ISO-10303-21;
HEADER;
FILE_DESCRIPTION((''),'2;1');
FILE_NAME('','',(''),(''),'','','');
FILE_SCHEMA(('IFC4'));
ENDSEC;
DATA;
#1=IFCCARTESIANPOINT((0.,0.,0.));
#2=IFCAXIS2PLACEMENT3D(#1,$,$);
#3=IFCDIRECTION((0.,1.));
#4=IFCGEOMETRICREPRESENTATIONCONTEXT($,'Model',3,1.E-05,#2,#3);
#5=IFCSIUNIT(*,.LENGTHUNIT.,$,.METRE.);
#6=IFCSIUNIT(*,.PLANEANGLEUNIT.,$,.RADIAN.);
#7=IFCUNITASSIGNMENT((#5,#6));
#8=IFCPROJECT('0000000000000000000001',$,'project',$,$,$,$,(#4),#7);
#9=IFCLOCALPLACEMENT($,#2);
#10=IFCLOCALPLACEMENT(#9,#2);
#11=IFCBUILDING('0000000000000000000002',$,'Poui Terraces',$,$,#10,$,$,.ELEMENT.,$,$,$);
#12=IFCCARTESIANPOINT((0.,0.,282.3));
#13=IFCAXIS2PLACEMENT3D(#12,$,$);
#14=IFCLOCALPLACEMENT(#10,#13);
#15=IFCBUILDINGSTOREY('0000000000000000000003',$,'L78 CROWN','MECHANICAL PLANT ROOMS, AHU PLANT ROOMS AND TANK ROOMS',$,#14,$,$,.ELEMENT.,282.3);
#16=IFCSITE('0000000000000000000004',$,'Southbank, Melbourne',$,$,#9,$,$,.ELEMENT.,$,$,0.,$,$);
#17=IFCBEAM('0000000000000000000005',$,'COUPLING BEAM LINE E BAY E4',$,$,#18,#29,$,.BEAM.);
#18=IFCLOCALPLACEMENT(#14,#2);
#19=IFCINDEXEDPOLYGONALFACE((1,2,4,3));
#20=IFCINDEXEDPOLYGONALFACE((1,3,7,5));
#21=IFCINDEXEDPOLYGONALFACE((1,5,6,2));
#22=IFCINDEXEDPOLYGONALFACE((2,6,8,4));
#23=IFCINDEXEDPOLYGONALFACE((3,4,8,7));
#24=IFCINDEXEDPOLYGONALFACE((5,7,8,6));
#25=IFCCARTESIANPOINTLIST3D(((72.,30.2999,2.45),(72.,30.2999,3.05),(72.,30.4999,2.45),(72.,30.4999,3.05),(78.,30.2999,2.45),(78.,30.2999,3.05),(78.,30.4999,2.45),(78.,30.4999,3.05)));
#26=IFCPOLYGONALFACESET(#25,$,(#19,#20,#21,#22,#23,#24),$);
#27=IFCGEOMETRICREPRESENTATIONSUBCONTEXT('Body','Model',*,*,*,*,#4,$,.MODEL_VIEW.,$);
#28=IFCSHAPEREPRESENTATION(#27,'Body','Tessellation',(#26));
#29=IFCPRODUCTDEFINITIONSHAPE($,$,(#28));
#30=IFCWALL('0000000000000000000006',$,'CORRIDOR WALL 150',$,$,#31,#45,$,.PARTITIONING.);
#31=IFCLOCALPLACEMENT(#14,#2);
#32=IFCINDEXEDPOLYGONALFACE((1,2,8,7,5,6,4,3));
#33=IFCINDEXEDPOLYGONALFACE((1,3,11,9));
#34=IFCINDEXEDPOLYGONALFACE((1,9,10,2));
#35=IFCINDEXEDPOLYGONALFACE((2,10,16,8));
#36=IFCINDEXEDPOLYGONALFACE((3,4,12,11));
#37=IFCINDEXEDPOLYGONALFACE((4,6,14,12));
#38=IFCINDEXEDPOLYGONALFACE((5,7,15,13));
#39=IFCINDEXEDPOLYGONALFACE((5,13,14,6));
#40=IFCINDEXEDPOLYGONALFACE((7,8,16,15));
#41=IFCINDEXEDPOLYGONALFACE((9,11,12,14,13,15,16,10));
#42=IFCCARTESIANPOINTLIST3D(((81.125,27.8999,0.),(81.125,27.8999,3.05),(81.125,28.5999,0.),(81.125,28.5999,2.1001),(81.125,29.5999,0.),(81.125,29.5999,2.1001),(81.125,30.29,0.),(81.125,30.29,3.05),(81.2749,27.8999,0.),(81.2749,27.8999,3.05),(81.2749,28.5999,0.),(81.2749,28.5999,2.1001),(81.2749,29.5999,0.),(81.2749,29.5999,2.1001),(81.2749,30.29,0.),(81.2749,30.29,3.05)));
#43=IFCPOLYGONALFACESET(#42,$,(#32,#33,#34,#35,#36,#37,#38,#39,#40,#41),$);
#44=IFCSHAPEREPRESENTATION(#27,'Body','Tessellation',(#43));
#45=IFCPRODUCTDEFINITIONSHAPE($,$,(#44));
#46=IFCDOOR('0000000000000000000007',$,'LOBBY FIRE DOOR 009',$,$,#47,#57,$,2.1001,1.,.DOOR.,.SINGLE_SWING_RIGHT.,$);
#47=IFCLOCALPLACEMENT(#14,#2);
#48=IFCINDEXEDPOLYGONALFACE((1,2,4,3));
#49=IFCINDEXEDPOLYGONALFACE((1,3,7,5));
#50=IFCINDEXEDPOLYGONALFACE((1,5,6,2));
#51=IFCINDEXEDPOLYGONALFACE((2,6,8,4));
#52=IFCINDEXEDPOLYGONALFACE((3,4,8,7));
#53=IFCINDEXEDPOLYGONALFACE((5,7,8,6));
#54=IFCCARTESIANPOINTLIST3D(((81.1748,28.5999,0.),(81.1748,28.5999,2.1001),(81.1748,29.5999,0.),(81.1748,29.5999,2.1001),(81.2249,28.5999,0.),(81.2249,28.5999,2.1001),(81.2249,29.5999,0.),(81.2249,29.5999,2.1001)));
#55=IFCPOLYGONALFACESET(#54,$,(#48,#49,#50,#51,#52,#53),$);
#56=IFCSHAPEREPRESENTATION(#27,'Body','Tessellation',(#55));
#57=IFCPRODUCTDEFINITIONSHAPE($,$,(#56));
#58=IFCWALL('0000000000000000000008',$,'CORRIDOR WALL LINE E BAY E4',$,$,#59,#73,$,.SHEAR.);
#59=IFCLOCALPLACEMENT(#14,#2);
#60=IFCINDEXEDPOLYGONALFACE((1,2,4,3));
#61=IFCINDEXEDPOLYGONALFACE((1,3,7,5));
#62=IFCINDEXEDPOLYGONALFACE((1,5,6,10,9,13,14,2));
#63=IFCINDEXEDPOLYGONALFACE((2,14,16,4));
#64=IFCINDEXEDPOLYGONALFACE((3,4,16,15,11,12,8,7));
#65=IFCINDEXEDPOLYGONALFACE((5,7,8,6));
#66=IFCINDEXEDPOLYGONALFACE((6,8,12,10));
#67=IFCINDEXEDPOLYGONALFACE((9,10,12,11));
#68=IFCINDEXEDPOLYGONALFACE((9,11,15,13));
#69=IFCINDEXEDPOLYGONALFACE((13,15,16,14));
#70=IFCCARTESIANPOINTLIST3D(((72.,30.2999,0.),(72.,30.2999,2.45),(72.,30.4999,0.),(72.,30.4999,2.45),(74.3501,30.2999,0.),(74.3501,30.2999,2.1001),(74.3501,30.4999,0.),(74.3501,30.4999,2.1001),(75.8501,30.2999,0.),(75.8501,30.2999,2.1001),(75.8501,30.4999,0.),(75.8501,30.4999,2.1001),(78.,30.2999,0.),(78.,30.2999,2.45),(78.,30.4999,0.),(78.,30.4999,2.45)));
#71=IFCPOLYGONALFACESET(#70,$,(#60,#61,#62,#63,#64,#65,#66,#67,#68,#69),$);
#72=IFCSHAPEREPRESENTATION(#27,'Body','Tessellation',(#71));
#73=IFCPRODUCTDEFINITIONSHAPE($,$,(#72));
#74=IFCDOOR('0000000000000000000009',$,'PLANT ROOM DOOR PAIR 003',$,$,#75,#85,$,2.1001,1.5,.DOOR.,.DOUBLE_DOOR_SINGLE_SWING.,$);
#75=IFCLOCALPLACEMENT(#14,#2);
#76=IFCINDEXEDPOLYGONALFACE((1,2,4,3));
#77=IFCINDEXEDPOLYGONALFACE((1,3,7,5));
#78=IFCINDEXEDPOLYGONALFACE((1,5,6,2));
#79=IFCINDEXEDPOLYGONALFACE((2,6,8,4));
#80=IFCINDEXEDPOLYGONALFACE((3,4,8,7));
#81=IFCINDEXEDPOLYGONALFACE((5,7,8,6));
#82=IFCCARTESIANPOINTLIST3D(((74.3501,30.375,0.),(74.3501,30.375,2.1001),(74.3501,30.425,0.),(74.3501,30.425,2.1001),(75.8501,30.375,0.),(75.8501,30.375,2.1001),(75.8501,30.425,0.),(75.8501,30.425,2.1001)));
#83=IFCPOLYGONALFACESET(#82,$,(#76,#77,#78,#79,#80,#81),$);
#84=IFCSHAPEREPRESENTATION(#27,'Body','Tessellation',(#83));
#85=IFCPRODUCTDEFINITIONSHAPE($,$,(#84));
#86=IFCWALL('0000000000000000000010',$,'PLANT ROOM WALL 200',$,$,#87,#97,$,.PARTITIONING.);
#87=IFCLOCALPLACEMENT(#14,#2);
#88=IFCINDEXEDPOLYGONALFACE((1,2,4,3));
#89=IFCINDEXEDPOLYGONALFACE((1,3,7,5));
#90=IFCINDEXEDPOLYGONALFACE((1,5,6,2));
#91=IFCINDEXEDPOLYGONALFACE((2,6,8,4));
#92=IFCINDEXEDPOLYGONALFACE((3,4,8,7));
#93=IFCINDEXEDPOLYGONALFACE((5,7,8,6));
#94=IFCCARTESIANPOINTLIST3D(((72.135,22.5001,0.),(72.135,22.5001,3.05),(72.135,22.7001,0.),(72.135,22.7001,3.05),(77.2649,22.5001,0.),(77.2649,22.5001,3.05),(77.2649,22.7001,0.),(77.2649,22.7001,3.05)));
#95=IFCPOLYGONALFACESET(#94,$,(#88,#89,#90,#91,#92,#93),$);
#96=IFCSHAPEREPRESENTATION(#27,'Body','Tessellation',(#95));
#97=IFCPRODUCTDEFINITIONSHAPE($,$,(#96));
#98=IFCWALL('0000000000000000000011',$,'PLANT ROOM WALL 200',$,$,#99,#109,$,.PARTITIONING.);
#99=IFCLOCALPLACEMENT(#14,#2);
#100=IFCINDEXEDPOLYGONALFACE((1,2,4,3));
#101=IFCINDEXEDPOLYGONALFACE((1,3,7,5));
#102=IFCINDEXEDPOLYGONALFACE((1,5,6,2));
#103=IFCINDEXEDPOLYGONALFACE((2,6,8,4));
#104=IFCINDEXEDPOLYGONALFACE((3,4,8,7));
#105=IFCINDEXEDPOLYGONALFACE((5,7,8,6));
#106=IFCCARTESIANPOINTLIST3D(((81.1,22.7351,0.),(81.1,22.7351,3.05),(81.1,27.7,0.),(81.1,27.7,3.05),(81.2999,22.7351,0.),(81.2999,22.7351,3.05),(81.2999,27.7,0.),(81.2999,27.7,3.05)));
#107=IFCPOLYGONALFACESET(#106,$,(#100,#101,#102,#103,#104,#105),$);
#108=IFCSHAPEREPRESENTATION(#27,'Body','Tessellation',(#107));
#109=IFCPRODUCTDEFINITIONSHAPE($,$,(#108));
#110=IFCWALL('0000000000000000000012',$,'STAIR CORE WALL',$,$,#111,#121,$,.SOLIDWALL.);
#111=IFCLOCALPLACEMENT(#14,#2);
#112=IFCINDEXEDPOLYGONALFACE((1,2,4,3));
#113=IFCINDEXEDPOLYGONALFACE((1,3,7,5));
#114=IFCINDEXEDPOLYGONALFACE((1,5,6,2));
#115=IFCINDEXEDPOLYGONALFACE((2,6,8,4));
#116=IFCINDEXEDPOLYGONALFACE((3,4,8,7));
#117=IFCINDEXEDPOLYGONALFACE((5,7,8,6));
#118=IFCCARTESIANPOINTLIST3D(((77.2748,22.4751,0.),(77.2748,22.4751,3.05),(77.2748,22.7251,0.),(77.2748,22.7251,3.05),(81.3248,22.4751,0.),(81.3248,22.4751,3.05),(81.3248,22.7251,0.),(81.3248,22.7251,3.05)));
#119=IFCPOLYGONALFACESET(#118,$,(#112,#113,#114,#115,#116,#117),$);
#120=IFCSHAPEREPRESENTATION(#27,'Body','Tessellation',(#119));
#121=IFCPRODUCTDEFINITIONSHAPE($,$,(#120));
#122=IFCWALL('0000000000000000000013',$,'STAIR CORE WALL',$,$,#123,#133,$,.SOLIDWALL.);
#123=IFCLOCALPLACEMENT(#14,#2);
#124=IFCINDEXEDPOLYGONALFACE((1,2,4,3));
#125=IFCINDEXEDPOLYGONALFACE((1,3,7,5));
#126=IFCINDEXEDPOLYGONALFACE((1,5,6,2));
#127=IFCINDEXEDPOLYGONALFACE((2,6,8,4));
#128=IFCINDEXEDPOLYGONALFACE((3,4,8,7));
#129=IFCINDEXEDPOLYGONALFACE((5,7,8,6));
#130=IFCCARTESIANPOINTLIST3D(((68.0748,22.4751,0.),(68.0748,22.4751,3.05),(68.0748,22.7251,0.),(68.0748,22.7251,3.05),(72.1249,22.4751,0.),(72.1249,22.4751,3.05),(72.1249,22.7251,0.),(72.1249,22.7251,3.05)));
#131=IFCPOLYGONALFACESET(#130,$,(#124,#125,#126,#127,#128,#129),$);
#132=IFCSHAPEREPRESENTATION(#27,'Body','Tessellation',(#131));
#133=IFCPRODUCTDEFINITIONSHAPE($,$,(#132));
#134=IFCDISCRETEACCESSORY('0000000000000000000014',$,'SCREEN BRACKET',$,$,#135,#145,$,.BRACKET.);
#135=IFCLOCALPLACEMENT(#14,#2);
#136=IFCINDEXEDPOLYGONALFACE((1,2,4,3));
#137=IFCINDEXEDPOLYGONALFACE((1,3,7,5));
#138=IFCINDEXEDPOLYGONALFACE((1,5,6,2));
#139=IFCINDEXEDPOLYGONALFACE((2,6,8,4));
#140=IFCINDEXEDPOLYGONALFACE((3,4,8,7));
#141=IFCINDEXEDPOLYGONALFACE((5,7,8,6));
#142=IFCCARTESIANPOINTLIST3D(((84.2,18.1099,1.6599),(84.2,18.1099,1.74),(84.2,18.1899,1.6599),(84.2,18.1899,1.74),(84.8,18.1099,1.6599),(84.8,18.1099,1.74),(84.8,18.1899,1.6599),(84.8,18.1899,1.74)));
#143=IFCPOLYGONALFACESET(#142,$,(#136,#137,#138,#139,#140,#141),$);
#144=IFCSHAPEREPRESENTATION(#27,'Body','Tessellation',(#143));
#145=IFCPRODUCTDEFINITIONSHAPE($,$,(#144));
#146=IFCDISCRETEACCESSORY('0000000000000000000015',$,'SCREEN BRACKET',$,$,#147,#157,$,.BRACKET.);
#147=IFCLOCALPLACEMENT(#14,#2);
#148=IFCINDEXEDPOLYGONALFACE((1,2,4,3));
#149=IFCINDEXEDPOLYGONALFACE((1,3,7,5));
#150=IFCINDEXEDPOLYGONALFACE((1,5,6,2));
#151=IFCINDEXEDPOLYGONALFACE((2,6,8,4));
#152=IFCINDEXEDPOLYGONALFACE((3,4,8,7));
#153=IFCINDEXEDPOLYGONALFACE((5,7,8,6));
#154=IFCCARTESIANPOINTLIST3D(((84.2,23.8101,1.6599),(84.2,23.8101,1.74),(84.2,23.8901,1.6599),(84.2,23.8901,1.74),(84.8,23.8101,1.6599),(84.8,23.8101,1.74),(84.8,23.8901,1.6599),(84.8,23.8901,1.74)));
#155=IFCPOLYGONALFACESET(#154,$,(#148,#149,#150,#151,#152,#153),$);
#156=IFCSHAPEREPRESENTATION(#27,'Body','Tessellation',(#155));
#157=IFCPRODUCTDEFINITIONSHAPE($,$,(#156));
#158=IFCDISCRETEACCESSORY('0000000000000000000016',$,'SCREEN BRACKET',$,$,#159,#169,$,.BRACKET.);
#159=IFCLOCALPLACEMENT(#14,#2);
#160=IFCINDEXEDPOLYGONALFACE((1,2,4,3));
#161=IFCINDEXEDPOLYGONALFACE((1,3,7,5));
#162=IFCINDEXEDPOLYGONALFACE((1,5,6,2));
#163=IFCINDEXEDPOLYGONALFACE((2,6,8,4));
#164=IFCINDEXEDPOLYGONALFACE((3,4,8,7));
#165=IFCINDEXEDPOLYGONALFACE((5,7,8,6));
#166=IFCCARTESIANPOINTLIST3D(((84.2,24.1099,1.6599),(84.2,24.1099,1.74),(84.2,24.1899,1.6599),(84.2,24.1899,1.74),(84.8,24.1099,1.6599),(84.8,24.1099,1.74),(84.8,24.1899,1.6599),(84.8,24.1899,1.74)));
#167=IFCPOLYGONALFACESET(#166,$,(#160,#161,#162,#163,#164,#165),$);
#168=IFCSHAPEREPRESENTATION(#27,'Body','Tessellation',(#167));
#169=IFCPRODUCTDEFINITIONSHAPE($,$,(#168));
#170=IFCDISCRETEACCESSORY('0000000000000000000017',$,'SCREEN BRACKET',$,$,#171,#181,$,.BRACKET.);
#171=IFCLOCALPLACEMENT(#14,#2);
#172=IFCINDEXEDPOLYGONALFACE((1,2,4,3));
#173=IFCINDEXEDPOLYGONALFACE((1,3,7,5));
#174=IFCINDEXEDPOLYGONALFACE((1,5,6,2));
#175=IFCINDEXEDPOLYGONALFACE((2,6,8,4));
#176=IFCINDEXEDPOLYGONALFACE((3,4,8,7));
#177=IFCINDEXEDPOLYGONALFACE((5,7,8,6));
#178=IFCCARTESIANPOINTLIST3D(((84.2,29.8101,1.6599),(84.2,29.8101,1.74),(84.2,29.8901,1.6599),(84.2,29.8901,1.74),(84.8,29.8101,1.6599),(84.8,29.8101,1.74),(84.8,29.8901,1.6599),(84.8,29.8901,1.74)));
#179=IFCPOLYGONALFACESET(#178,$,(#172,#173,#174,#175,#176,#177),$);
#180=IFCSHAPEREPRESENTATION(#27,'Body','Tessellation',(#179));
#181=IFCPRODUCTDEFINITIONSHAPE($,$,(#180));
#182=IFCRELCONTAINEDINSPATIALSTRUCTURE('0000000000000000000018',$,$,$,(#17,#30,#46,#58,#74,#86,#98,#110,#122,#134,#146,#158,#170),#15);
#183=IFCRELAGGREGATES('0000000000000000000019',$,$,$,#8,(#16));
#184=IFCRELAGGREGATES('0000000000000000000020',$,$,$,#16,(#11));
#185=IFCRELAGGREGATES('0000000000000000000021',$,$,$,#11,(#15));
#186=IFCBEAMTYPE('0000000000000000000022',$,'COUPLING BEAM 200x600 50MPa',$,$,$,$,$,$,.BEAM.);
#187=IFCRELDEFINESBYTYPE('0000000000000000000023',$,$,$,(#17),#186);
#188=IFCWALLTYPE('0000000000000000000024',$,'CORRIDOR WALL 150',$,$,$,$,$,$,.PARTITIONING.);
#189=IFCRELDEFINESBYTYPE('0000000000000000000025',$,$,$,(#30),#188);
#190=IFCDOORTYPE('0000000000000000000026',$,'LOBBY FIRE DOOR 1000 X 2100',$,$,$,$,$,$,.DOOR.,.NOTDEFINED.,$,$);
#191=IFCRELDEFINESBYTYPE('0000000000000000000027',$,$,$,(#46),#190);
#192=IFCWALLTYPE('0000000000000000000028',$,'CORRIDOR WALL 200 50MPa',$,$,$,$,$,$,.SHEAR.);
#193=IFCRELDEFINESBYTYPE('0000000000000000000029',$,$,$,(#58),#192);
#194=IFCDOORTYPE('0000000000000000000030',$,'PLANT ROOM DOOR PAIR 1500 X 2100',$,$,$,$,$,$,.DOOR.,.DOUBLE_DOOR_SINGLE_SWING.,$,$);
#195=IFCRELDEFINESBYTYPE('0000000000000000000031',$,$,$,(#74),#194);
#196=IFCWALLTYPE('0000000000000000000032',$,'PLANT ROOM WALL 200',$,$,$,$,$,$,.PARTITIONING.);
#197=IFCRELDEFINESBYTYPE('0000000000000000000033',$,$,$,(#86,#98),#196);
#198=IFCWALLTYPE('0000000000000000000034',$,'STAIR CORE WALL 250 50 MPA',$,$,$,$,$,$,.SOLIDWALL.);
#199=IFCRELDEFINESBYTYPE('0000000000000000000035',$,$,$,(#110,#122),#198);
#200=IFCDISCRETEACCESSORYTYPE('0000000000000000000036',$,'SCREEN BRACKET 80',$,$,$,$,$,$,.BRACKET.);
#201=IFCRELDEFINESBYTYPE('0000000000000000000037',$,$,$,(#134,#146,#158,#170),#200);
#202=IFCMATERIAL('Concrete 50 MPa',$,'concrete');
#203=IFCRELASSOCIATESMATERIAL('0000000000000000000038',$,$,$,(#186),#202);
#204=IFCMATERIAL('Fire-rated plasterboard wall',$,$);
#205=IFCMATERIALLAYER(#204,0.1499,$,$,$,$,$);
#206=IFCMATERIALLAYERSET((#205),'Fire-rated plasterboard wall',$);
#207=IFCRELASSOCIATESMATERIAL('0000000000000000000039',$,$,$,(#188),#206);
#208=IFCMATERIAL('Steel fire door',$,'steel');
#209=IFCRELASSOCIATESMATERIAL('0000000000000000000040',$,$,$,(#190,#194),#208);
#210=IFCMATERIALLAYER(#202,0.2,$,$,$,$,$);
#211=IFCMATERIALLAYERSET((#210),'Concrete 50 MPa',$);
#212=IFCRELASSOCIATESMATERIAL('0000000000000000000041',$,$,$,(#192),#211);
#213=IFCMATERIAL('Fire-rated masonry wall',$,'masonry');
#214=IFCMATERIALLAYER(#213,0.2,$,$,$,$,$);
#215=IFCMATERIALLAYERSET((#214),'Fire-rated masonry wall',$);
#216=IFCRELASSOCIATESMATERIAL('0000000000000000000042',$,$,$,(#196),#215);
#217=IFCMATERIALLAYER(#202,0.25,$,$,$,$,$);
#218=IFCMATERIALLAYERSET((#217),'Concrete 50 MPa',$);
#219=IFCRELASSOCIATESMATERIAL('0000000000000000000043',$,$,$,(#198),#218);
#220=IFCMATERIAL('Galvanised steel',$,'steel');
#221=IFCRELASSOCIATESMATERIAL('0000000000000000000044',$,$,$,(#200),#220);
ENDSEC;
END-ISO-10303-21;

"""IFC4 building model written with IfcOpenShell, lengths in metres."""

from ifc_helpers import new_model, si_unit, direction, frame, frame_2d, origin, origin_2d, place, context, subcontext, project, spatial, rectangle, extrude, source, transform, mapped, material, layer, layer_set, material_profile, profile_set, type_object, element, fill, save


model = new_model("IFC4")

# Units and contexts
model_context = context("Model", 3, precision=1e-05, world=origin(), true_north=direction((0.0, 1.0)))
body_context = subcontext(model_context, "Body", "Model", "MODEL_VIEW")
ifc_project = project(units=[si_unit("LENGTHUNIT", "METRE"), si_unit("PLANEANGLEUNIT", "RADIAN")], contexts=[model_context])

# Site, building, storey
site_placement = place(None, origin())
site = spatial("IfcSite", under=ifc_project, at=site_placement, Name="Southbank, Melbourne", CompositionType="ELEMENT", RefElevation=0.0)
building_placement = place(site_placement, origin())
building = spatial("IfcBuilding", under=site, at=building_placement, Name="Poui Terraces", CompositionType="ELEMENT")
storey_placement = place(building_placement, frame((0.0, 0.0, 282.3)))
storey = spatial("IfcBuildingStorey", under=building, at=storey_placement, Name="L78 CROWN", Description="MECHANICAL PLANT ROOMS, AHU PLANT ROOMS AND TANK ROOMS", CompositionType="ELEMENT", Elevation=282.3)

# Beam
ifc_material_1 = material(Name="Concrete 50 MPa", Category="concrete")
ifc_material_profile_1 = material_profile(ifc_material_1, rectangle(XDim=0.2, YDim=0.6001, at=origin_2d()), Name="RC 200x600")
ifc_profile_set_1 = profile_set([ifc_material_profile_1], Name="Concrete 50 MPa")
beam_type = type_object("IfcBeamType", Name="COUPLING BEAM 200x600 50MPa", PredefinedType="BEAM", material=ifc_profile_set_1)
shared_shape_1 = source(origin(), body_context, "Body", "SweptSolid", [
    extrude(rectangle(XDim=0.2, YDim=0.6001, at=origin_2d()), origin(), (0.0, 0.0, 1.0), 6.0),
])
beam_placement = place(storey_placement, frame((72.0, 30.3999, 2.75), z_axis=(1.0, 0.0, 0.0), x_axis=(0.0, 1.0, 0.0)))
element("IfcBeam", 1, at=beam_placement, inside=storey, type_object=beam_type, Name="COUPLING BEAM LINE E BAY E4", PredefinedType="BEAM", context=body_context, shape_type="MappedRepresentation", body=[
    mapped(shared_shape_1, transform((0.0, 0.0, 0.0))),
])

# Walls, openings, doors
ifc_material_2 = material(Name="Fire-rated plasterboard wall")
ifc_layer_1 = layer(ifc_material_2, 0.1499)
ifc_layer_set_1 = layer_set([ifc_layer_1], Name="Fire-rated plasterboard wall")
wall_type_1 = type_object("IfcWallType", Name="CORRIDOR WALL 150", PredefinedType="PARTITIONING", material=ifc_layer_set_1)
wall_1_placement = place(storey_placement, frame((81.2, 27.8999, 0.0), z_axis=(0.0, 0.0, 1.0), x_axis=(0.0, 1.0, 0.0)))
wall_1 = element("IfcWall", 2, at=wall_1_placement, inside=storey, type_object=wall_type_1, Name="CORRIDOR WALL 150", PredefinedType="PARTITIONING", context=body_context, shape_type="SweptSolid", body=[
    extrude(rectangle(XDim=2.3901, YDim=0.1499, at=frame_2d((1.1951, 0.0))), origin(), (0.0, 0.0, 1.0), 3.05),
])
opening_1_placement = place(wall_1_placement, frame((0.7, 0.0, 0.0)))
opening_1 = element("IfcOpeningElement", 3, at=opening_1_placement, cuts=wall_1, PredefinedType="OPENING", context=body_context, shape_type="SweptSolid", body=[
    extrude(rectangle(XDim=1.0, YDim=2.1001, at=frame_2d((0.5, 1.05))), frame((0.0, 0.085, 0.0), z_axis=(0.0, -1.0, 0.0), x_axis=(1.0, 0.0, 0.0)), (0.0, 0.0, 1.0), 0.1699),
])
ifc_material_3 = material(Name="Steel fire door", Category="steel")
door_type_1 = type_object("IfcDoorType", Name="LOBBY FIRE DOOR 1000 X 2100", OperationType="NOTDEFINED", PredefinedType="DOOR", material=ifc_material_3)
door_1_placement = place(opening_1_placement, frame((1.0, 0.0, 0.0), z_axis=(0.0, 0.0, 1.0), x_axis=(-1.0, 0.0, 0.0)))
door_1 = element("IfcDoor", 4, at=door_1_placement, inside=storey, type_object=door_type_1, Name="LOBBY FIRE DOOR 009", OperationType="SINGLE_SWING_RIGHT", OverallHeight=2.1001, OverallWidth=1.0, PredefinedType="DOOR", context=body_context, shape_type="SweptSolid", body=[
    extrude(rectangle(XDim=1.0, YDim=2.1001, at=frame_2d((0.5, 1.05))), frame((0.0, 0.0249, 0.0), z_axis=(0.0, -1.0, 0.0), x_axis=(1.0, 0.0, 0.0)), (0.0, 0.0, 1.0), 0.05),
])
fill(opening_1, door_1)
ifc_layer_2 = layer(ifc_material_1, 0.2)
ifc_layer_set_2 = layer_set([ifc_layer_2], Name="Concrete 50 MPa")
wall_type_2 = type_object("IfcWallType", Name="CORRIDOR WALL 200 50MPa", PredefinedType="SHEAR", material=ifc_layer_set_2)
wall_2_placement = place(storey_placement, frame((72.0, 30.3999, 0.0), z_axis=(0.0, 0.0, 1.0), x_axis=(1.0, 0.0, 0.0)))
wall_2 = element("IfcWall", 5, at=wall_2_placement, inside=storey, type_object=wall_type_2, Name="CORRIDOR WALL LINE E BAY E4", PredefinedType="SHEAR", context=body_context, shape_type="SweptSolid", body=[
    extrude(rectangle(XDim=6.0, YDim=0.2, at=frame_2d((3.0, 0.0))), origin(), (0.0, 0.0, 1.0), 2.45),
])
opening_2_placement = place(wall_2_placement, frame((2.3501, 0.0, 0.0)))
opening_2 = element("IfcOpeningElement", 6, at=opening_2_placement, cuts=wall_2, PredefinedType="OPENING", context=body_context, shape_type="SweptSolid", body=[
    extrude(rectangle(XDim=1.5, YDim=2.1001, at=frame_2d((0.75, 1.05))), frame((0.0, 0.1099, 0.0), z_axis=(0.0, -1.0, 0.0), x_axis=(1.0, 0.0, 0.0)), (0.0, 0.0, 1.0), 0.22),
])
door_type_2 = type_object("IfcDoorType", Name="PLANT ROOM DOOR PAIR 1500 X 2100", OperationType="DOUBLE_DOOR_SINGLE_SWING", PredefinedType="DOOR", material=ifc_material_3)
door_2_placement = place(opening_2_placement, frame((1.5, 0.0, 0.0), z_axis=(0.0, 0.0, 1.0), x_axis=(-1.0, 0.0, 0.0)))
door_2 = element("IfcDoor", 7, at=door_2_placement, inside=storey, type_object=door_type_2, Name="PLANT ROOM DOOR PAIR 003", OperationType="DOUBLE_DOOR_SINGLE_SWING", OverallHeight=2.1001, OverallWidth=1.5, PredefinedType="DOOR", context=body_context, shape_type="SweptSolid", body=[
    extrude(rectangle(XDim=1.5, YDim=2.1001, at=frame_2d((0.75, 1.05))), frame((0.0, 0.0249, 0.0), z_axis=(0.0, -1.0, 0.0), x_axis=(1.0, 0.0, 0.0)), (0.0, 0.0, 1.0), 0.05),
])
fill(opening_2, door_2)

# Walls
ifc_material_4 = material(Name="Fire-rated masonry wall", Category="masonry")
ifc_layer_3 = layer(ifc_material_4, 0.2)
ifc_layer_set_3 = layer_set([ifc_layer_3], Name="Fire-rated masonry wall")
wall_type_3 = type_object("IfcWallType", Name="PLANT ROOM WALL 200", PredefinedType="PARTITIONING", material=ifc_layer_set_3)
wall_3_placement = place(storey_placement, frame((72.135, 22.6001, 0.0), z_axis=(0.0, 0.0, 1.0), x_axis=(1.0, 0.0, 0.0)))
element("IfcWall", 8, at=wall_3_placement, inside=storey, type_object=wall_type_3, Name="PLANT ROOM WALL 200", PredefinedType="PARTITIONING", context=body_context, shape_type="SweptSolid", body=[
    extrude(rectangle(XDim=5.1299, YDim=0.2, at=frame_2d((2.5649, 0.0))), origin(), (0.0, 0.0, 1.0), 3.05),
])
wall_4_placement = place(storey_placement, frame((81.2, 22.7351, 0.0), z_axis=(0.0, 0.0, 1.0), x_axis=(0.0, 1.0, 0.0)))
element("IfcWall", 9, at=wall_4_placement, inside=storey, type_object=wall_type_3, Name="PLANT ROOM WALL 200", PredefinedType="PARTITIONING", context=body_context, shape_type="SweptSolid", body=[
    extrude(rectangle(XDim=4.9648, YDim=0.2, at=frame_2d((2.4824, 0.0))), origin(), (0.0, 0.0, 1.0), 3.05),
])
ifc_layer_4 = layer(ifc_material_1, 0.25)
ifc_layer_set_4 = layer_set([ifc_layer_4], Name="Concrete 50 MPa")
wall_type_4 = type_object("IfcWallType", Name="STAIR CORE WALL 250 50 MPA", PredefinedType="SOLIDWALL", material=ifc_layer_set_4)
for number, where, z_axis, x_axis, name in (
    (10, (77.2749, 22.6001, 0.0), (0.0, 0.0, 1.0), (1.0, 0.0, 0.0), "STAIR CORE WALL"),
    (11, (68.075, 22.6001, 0.0), (0.0, 0.0, 1.0), (1.0, 0.0, 0.0), "STAIR CORE WALL"),
):
    element("IfcWall", number, at=place(storey_placement, frame(where, z_axis=z_axis, x_axis=x_axis)), inside=storey, type_object=wall_type_4, Name=name, PredefinedType="SOLIDWALL", context=body_context, shape_type="SweptSolid", body=[
        extrude(rectangle(XDim=4.05, YDim=0.25, at=frame_2d((2.0249, 0.0))), origin(), (0.0, 0.0, 1.0), 3.05),
    ])

# Discrete accessories
ifc_material_5 = material(Name="Galvanised steel", Category="steel")
ifc_material_profile_2 = material_profile(ifc_material_5, rectangle(XDim=0.0801, YDim=0.0801, at=origin_2d()), Name="SCREEN BRACKET 80")
ifc_profile_set_2 = profile_set([ifc_material_profile_2], Name="Galvanised steel")
discrete_accessory_type = type_object("IfcDiscreteAccessoryType", Name="SCREEN BRACKET 80", PredefinedType="BRACKET", material=ifc_profile_set_2)
shared_shape_2 = source(origin(), body_context, "Body", "SweptSolid", [
    extrude(rectangle(XDim=0.0801, YDim=0.0801, at=origin_2d()), origin(), (0.0, 0.0, 1.0), 0.6001),
])
for number, where, z_axis, x_axis, name in (
    (12, (84.2, 18.1499, 1.7), (1.0, 0.0, 0.0), (0.0, 1.0, 0.0), "SCREEN BRACKET"),
    (13, (84.2, 23.8501, 1.7), (1.0, 0.0, 0.0), (0.0, 1.0, 0.0), "SCREEN BRACKET"),
    (14, (84.2, 24.1499, 1.7), (1.0, 0.0, 0.0), (0.0, 1.0, 0.0), "SCREEN BRACKET"),
    (15, (84.2, 29.8501, 1.7), (1.0, 0.0, 0.0), (0.0, 1.0, 0.0), "SCREEN BRACKET"),
):
    element("IfcDiscreteAccessory", number, at=place(storey_placement, frame(where, z_axis=z_axis, x_axis=x_axis)), inside=storey, type_object=discrete_accessory_type, Name=name, PredefinedType="BRACKET", context=body_context, shape_type="MappedRepresentation", body=[
        mapped(shared_shape_2, transform((0.0, 0.0, 0.0))),
    ])

save(model, "model.ifc")
